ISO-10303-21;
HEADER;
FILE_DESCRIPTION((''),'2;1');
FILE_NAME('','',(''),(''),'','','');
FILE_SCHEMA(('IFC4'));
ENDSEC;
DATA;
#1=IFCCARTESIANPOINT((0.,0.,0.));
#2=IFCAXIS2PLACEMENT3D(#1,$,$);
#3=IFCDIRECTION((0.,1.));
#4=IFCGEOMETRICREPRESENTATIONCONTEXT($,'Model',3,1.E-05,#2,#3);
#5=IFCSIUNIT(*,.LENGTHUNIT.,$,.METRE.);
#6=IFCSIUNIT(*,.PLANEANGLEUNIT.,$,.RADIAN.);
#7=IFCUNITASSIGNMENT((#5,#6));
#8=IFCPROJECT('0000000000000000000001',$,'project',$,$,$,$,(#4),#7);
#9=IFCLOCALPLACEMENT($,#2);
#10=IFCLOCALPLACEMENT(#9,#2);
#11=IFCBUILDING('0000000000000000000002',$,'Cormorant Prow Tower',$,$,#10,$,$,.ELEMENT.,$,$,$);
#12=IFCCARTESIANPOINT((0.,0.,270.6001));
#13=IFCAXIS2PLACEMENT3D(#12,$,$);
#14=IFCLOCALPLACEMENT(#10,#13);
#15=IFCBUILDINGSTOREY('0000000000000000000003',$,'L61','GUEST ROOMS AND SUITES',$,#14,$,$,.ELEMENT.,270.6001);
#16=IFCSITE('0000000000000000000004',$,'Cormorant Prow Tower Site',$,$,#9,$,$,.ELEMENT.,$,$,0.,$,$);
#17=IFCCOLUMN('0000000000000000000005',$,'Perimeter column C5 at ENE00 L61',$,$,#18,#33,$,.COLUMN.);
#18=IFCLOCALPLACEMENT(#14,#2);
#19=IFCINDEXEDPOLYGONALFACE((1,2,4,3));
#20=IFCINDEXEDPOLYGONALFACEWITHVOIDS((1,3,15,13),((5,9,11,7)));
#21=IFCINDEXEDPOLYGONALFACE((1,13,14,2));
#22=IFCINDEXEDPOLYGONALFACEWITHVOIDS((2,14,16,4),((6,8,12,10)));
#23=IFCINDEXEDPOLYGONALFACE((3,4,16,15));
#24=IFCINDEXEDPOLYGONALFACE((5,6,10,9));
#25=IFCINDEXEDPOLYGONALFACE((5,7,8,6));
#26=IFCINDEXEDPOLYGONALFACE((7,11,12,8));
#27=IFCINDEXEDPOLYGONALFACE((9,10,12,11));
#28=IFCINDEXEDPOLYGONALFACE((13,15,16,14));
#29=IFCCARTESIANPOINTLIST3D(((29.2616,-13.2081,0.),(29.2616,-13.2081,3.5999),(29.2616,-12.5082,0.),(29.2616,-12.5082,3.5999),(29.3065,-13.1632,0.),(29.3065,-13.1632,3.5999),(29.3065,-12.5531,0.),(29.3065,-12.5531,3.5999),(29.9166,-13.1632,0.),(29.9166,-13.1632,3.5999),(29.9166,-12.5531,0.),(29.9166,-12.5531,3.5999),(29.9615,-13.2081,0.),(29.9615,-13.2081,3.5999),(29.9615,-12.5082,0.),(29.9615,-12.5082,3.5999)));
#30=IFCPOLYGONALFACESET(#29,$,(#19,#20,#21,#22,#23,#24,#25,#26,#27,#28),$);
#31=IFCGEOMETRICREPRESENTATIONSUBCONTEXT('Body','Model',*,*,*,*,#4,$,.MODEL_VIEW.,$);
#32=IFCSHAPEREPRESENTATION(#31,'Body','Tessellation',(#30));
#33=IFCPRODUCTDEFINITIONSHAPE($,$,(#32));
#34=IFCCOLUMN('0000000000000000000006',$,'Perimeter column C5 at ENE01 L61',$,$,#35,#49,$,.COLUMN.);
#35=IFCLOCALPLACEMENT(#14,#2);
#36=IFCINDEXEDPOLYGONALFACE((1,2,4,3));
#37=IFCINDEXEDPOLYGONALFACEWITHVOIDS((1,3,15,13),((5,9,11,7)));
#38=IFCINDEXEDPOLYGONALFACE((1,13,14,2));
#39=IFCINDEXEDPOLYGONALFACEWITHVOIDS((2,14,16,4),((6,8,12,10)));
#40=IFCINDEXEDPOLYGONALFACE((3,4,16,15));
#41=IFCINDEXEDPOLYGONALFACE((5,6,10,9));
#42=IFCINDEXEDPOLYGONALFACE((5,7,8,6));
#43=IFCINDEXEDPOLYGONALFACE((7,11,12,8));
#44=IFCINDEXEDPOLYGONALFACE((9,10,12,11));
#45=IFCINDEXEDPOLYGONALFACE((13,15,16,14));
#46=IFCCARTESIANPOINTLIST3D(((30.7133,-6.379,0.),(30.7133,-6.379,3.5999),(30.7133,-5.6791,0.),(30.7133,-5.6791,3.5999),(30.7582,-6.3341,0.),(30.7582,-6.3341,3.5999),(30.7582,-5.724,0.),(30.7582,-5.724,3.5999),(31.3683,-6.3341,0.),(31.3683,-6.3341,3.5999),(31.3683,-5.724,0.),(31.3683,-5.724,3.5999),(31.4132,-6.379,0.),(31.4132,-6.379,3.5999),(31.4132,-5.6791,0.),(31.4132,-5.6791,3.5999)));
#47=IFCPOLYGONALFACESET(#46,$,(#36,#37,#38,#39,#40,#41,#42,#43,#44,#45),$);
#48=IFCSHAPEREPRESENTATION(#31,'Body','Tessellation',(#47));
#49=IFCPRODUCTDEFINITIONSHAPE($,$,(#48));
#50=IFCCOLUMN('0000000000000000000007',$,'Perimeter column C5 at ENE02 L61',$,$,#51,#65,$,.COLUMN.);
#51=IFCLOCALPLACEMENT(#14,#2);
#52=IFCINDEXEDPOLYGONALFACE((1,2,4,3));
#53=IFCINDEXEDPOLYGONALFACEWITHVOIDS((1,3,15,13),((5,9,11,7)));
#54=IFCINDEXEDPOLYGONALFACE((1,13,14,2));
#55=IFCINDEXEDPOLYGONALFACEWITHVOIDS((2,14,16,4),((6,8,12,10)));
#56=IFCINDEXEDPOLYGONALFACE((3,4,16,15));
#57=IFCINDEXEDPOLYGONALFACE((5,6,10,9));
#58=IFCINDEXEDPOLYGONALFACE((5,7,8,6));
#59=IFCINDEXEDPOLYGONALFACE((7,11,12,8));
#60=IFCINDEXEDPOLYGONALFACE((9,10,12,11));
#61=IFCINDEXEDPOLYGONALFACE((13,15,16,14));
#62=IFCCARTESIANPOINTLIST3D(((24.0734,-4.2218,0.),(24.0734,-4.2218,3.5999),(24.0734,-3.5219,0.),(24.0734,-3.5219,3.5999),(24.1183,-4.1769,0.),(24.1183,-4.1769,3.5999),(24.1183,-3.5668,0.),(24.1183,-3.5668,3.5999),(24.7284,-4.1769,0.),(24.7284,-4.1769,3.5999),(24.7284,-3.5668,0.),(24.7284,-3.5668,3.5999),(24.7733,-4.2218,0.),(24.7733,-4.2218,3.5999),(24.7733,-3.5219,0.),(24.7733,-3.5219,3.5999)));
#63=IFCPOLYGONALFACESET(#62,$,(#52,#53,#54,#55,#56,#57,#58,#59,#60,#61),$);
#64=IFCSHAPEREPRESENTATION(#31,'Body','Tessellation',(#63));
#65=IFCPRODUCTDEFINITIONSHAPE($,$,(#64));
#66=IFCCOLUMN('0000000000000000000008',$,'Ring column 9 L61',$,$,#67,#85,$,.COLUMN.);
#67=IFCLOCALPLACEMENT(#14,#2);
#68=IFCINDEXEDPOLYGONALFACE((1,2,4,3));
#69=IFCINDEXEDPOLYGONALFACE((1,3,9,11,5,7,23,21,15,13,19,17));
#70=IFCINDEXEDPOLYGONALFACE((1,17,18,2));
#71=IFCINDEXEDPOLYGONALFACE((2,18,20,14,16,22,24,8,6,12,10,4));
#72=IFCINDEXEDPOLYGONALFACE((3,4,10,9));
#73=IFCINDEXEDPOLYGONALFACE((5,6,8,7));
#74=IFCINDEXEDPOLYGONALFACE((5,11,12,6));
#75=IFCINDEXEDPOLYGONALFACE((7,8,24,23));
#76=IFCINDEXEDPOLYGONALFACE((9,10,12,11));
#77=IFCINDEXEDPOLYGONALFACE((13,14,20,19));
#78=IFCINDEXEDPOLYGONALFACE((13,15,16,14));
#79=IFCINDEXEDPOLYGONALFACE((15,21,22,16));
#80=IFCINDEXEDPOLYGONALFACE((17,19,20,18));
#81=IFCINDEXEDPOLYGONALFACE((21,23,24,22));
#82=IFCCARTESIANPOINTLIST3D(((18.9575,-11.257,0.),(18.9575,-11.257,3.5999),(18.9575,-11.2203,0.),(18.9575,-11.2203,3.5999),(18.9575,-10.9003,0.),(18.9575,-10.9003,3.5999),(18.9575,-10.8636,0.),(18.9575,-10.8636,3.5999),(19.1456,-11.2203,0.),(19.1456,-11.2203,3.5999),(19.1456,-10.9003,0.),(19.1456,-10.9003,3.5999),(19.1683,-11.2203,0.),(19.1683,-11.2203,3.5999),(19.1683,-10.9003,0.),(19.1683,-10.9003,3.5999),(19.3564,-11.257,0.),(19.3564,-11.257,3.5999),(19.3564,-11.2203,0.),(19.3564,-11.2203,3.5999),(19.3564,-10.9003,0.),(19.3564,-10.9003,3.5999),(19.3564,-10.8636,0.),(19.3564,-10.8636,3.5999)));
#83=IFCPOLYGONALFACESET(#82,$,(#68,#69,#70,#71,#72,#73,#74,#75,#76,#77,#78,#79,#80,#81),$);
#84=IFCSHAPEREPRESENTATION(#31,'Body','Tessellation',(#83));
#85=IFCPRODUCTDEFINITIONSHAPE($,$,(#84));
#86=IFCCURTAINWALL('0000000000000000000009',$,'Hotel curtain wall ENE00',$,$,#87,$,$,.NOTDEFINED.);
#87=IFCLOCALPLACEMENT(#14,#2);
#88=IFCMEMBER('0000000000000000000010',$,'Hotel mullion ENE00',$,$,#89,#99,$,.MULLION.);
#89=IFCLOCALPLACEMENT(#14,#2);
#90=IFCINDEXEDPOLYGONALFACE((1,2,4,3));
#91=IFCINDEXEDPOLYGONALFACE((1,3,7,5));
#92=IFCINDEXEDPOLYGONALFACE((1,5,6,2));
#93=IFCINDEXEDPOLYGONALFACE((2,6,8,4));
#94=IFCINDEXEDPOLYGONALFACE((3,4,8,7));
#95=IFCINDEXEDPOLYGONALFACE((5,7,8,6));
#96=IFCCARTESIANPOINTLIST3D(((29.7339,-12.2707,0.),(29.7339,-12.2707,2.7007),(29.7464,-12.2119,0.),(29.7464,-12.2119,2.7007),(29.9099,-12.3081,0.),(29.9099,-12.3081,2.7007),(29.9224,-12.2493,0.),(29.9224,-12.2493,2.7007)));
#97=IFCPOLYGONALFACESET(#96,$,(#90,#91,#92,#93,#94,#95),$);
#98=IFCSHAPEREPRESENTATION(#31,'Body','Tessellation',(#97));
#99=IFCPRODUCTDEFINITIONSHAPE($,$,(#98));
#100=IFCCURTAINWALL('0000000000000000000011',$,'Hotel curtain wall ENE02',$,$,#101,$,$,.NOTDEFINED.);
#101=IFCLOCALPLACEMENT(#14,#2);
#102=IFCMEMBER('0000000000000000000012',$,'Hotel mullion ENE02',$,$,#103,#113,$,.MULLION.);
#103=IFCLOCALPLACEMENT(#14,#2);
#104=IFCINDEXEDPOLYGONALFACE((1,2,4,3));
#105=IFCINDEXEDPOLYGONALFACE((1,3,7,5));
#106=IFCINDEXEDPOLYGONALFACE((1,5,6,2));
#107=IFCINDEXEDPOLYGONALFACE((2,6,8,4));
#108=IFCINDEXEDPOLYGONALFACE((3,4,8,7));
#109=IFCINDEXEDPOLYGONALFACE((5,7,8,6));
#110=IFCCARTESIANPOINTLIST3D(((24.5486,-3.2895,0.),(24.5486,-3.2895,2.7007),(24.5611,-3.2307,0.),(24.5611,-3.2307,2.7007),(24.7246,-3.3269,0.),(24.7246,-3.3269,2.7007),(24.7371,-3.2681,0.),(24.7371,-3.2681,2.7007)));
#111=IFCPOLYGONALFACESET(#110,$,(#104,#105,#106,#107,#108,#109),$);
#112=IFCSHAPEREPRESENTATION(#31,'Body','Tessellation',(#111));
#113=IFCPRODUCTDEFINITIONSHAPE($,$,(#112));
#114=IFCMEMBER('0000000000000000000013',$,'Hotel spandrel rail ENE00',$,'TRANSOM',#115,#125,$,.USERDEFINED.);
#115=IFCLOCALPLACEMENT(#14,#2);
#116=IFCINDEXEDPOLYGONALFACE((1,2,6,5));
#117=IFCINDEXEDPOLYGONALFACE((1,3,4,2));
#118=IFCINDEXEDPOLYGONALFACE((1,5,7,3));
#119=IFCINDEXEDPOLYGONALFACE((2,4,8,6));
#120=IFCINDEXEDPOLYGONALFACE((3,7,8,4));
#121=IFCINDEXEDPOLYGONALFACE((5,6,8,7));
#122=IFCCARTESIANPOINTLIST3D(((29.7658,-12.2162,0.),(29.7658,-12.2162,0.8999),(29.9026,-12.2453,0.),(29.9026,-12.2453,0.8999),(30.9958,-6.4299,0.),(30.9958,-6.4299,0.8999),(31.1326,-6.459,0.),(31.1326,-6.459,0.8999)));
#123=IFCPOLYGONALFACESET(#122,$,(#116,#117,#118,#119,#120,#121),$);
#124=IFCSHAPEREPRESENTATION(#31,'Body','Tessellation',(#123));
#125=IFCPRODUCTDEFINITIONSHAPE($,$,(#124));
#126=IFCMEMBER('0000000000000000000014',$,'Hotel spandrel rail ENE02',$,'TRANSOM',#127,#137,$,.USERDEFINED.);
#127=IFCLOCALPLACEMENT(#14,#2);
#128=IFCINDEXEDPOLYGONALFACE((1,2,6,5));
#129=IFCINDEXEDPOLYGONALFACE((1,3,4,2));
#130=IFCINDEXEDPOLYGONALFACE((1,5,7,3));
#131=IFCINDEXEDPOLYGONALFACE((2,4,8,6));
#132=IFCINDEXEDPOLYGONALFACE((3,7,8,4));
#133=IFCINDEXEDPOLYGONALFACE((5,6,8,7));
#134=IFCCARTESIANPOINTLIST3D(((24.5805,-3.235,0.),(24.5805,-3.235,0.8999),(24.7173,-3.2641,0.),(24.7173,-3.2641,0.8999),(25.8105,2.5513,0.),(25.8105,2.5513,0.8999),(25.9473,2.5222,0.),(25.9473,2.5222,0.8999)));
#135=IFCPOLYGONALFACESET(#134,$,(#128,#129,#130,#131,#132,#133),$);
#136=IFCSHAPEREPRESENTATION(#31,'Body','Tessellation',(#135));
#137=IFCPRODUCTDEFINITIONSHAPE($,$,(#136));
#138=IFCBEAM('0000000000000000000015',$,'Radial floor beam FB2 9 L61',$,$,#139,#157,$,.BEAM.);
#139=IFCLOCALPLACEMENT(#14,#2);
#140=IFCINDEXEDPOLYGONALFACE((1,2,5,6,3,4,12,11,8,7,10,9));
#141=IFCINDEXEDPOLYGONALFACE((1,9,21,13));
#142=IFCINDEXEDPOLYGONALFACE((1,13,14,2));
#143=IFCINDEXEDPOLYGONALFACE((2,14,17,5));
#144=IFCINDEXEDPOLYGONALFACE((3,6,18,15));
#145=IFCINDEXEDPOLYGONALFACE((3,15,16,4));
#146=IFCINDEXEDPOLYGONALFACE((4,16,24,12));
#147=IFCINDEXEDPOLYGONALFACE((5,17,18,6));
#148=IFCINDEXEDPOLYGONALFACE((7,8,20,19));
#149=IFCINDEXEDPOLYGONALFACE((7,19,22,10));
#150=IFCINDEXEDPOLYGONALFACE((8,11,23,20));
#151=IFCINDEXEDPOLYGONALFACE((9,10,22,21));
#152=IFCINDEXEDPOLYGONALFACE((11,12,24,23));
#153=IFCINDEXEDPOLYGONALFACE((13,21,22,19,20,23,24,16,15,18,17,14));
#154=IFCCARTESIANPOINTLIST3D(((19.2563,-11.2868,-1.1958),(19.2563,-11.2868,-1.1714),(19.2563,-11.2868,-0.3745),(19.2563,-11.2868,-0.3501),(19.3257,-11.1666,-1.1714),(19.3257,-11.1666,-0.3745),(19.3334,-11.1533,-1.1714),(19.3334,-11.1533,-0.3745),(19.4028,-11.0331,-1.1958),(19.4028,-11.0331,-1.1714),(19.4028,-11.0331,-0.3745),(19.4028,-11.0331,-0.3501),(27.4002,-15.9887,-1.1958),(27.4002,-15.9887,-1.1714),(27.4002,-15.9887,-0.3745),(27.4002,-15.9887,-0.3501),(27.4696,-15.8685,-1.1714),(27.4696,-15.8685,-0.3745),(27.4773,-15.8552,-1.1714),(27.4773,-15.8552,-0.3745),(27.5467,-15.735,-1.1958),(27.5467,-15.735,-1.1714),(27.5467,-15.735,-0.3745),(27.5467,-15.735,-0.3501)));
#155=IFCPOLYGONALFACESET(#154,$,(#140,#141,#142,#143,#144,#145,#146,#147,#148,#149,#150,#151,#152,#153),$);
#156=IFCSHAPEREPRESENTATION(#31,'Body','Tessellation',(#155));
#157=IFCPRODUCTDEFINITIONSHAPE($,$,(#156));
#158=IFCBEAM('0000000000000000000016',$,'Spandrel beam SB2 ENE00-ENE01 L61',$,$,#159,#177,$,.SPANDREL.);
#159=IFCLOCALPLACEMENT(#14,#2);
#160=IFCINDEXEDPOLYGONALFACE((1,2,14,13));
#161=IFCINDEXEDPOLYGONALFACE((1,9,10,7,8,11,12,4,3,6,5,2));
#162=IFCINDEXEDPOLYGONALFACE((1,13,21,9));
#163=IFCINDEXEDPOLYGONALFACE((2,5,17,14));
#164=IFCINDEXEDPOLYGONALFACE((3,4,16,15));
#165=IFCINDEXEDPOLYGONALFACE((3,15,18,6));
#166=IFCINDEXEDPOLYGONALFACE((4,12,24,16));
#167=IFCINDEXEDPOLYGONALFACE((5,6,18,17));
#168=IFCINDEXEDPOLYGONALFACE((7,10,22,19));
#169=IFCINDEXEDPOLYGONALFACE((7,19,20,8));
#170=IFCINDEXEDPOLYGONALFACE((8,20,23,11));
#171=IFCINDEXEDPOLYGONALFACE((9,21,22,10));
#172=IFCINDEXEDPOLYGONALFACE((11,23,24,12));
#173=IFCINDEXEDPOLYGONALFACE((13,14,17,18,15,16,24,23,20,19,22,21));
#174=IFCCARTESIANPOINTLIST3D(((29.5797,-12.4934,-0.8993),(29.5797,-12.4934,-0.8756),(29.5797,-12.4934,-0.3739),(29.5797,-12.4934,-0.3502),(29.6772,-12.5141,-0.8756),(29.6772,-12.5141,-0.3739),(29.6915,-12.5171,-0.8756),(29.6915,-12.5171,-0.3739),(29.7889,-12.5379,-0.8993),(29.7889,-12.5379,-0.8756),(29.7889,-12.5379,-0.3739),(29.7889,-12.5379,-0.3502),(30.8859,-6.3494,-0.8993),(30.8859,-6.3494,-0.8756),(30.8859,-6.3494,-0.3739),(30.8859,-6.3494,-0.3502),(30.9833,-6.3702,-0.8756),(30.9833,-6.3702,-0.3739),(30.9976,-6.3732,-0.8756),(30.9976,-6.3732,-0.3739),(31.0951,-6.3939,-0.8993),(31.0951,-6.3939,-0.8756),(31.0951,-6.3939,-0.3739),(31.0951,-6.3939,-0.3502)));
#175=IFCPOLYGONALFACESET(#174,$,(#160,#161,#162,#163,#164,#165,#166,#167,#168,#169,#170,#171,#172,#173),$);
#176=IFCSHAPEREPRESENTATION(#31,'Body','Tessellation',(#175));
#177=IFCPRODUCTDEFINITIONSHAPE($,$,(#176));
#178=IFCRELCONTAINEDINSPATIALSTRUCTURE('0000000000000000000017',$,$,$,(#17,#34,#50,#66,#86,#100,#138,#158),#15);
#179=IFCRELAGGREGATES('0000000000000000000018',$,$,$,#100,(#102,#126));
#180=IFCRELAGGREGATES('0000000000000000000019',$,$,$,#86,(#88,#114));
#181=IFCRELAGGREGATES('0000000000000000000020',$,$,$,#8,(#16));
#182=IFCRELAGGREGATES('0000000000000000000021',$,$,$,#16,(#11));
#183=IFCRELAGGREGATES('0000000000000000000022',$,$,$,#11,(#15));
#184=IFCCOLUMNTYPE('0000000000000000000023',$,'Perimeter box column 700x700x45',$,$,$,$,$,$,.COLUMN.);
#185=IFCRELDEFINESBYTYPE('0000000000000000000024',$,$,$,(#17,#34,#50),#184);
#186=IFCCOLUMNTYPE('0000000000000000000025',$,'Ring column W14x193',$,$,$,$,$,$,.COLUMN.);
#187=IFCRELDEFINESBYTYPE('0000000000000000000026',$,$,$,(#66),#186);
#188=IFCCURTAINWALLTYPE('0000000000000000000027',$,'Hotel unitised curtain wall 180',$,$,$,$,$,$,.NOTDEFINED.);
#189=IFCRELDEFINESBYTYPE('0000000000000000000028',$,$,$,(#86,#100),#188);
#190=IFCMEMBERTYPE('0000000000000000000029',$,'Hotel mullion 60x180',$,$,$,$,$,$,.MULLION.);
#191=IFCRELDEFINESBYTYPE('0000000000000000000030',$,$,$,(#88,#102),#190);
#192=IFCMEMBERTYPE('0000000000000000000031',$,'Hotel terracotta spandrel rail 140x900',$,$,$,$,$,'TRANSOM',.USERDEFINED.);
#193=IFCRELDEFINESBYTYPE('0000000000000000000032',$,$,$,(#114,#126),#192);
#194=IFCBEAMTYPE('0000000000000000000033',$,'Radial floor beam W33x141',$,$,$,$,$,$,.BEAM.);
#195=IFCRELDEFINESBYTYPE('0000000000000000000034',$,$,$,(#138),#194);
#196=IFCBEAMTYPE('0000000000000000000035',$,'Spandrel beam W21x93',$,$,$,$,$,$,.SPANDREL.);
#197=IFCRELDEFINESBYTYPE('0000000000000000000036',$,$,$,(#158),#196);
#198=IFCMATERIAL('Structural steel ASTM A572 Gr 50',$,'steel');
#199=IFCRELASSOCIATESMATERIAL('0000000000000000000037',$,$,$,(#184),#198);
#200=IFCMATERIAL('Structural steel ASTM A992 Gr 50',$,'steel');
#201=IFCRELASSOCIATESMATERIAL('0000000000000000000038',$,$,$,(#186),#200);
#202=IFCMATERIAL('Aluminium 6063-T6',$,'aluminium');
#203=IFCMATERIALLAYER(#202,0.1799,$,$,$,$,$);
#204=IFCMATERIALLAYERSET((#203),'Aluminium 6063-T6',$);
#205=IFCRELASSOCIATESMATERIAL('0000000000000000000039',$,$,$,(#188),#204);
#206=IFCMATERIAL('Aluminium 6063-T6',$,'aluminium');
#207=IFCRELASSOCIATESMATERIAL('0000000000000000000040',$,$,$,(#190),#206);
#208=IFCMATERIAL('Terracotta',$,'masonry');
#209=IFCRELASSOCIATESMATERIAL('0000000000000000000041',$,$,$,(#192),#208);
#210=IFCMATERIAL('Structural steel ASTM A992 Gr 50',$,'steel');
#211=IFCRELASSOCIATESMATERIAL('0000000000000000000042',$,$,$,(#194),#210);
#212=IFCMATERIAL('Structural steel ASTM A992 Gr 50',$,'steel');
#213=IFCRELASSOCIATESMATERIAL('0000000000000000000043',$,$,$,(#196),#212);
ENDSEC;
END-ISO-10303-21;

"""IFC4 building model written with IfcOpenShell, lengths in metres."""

from ifc_helpers import new_model, si_unit, direction, frame, origin, origin_2d, place, context, subcontext, project, spatial, rectangle, hollow_rectangle, i_section, extrude, material, layer, layer_set, material_profile, profile_set, type_object, element, aggregate, save


model = new_model("IFC4")

# Units and contexts
model_context = context("Model", 3, precision=1e-05, world=origin(), true_north=direction((0.0, 1.0)))
body_context = subcontext(model_context, "Body", "Model", "MODEL_VIEW")
ifc_project = project(units=[si_unit("LENGTHUNIT", "METRE"), si_unit("PLANEANGLEUNIT", "RADIAN")], contexts=[model_context])

# Site, building, storey
site_placement = place(None, origin())
site = spatial("IfcSite", under=ifc_project, at=site_placement, Name="Cormorant Prow Tower Site", CompositionType="ELEMENT", RefElevation=0.0)
building_placement = place(site_placement, origin())
building = spatial("IfcBuilding", under=site, at=building_placement, Name="Cormorant Prow Tower", CompositionType="ELEMENT")
storey_placement = place(building_placement, frame((0.0, 0.0, 270.6001)))
storey = spatial("IfcBuildingStorey", under=building, at=storey_placement, Name="L61", Description="GUEST ROOMS AND SUITES", CompositionType="ELEMENT", Elevation=270.6001)

# Columns
ifc_material_1 = material(Name="Structural steel ASTM A572 Gr 50", Category="steel")
ifc_material_profile_1 = material_profile(ifc_material_1, hollow_rectangle(XDim=0.7, YDim=0.7, WallThickness=0.0449, at=origin_2d()), Name="Box 700x700x45")
ifc_profile_set_1 = profile_set([ifc_material_profile_1], Name="Structural steel ASTM A572 Gr 50")
column_type_1 = type_object("IfcColumnType", Name="Perimeter box column 700x700x45", PredefinedType="COLUMN", material=ifc_profile_set_1)
for number, where, z_axis, x_axis, name in (
    (1, (29.6116, -12.8582, 0.0), (0.0, 0.0, 1.0), (1.0, 0.0, 0.0), "Perimeter column C5 at ENE00 L61"),
    (2, (31.0632, -6.0291, 0.0), (0.0, 0.0, 1.0), (1.0, 0.0, 0.0), "Perimeter column C5 at ENE01 L61"),
    (3, (24.4233, -3.8718, 0.0), (0.0, 0.0, 1.0), (1.0, 0.0, 0.0), "Perimeter column C5 at ENE02 L61"),
):
    element("IfcColumn", number, at=place(storey_placement, frame(where, z_axis=z_axis, x_axis=x_axis)), inside=storey, type_object=column_type_1, Name=name, PredefinedType="COLUMN", context=body_context, shape_type="SweptSolid", body=[
        extrude(hollow_rectangle(XDim=0.7, YDim=0.7, WallThickness=0.0449, at=origin_2d()), origin(), (0.0, 0.0, 1.0), 3.5999),
    ])
ifc_material_2 = material(Name="Structural steel ASTM A992 Gr 50", Category="steel")
ifc_material_profile_2 = material_profile(ifc_material_2, i_section(OverallWidth=0.3989, OverallDepth=0.3933, WebThickness=0.0227, FlangeThickness=0.0366, at=origin_2d()), Name="W14x193")
ifc_profile_set_2 = profile_set([ifc_material_profile_2], Name="Structural steel ASTM A992 Gr 50")
column_type_2 = type_object("IfcColumnType", Name="Ring column W14x193", PredefinedType="COLUMN", material=ifc_profile_set_2)
column_placement = place(storey_placement, frame((19.157, -11.0603, 0.0), z_axis=(0.0, 0.0, 1.0), x_axis=(1.0, 0.0, 0.0)))
element("IfcColumn", 4, at=column_placement, inside=storey, type_object=column_type_2, Name="Ring column 9 L61", PredefinedType="COLUMN", context=body_context, shape_type="SweptSolid", body=[
    extrude(i_section(OverallWidth=0.3989, OverallDepth=0.3933, WebThickness=0.0227, FlangeThickness=0.0366, at=origin_2d()), origin(), (0.0, 0.0, 1.0), 3.5999),
])

# Curtain walls, members
ifc_material_3 = material(Name="Aluminium 6063-T6", Category="aluminium")
ifc_layer_1 = layer(ifc_material_3, 0.1799)
ifc_layer_set_1 = layer_set([ifc_layer_1], Name="Aluminium 6063-T6")
curtain_wall_type = type_object("IfcCurtainWallType", Name="Hotel unitised curtain wall 180", PredefinedType="NOTDEFINED", material=ifc_layer_set_1)
curtain_wall_1_placement = place(storey_placement, origin())
curtain_wall_1 = element("IfcCurtainWall", 5, at=curtain_wall_1_placement, inside=storey, type_object=curtain_wall_type, Name="Hotel curtain wall ENE00", PredefinedType="NOTDEFINED")
ifc_material_4 = material(Name="Aluminium 6063-T6", Category="aluminium")
ifc_material_profile_3 = material_profile(ifc_material_4, rectangle(XDim=0.1799, YDim=0.0601, at=origin_2d()), Name="Hotel mullion 60x180")
ifc_profile_set_3 = profile_set([ifc_material_profile_3], Name="Aluminium 6063-T6")
member_type_1 = type_object("IfcMemberType", Name="Hotel mullion 60x180", PredefinedType="MULLION", material=ifc_profile_set_3)
member_1_placement = place(storey_placement, frame((29.8281, -12.26, 0.0), z_axis=(0.0, 0.0, 1.0), x_axis=(-0.978148, 0.207912, 0.0)))
member_1 = element("IfcMember", 6, at=member_1_placement, type_object=member_type_1, Name="Hotel mullion ENE00", PredefinedType="MULLION", context=body_context, shape_type="SweptSolid", body=[
    extrude(rectangle(XDim=0.1799, YDim=0.0601, at=origin_2d()), origin(), (0.0, 0.0, 1.0), 2.7007),
])
curtain_wall_2_placement = place(storey_placement, origin())
curtain_wall_2 = element("IfcCurtainWall", 7, at=curtain_wall_2_placement, inside=storey, type_object=curtain_wall_type, Name="Hotel curtain wall ENE02", PredefinedType="NOTDEFINED")
member_2_placement = place(storey_placement, frame((24.6428, -3.2788, 0.0), z_axis=(0.0, 0.0, 1.0), x_axis=(-0.978148, 0.207912, 0.0)))
member_2 = element("IfcMember", 8, at=member_2_placement, type_object=member_type_1, Name="Hotel mullion ENE02", PredefinedType="MULLION", context=body_context, shape_type="SweptSolid", body=[
    extrude(rectangle(XDim=0.1799, YDim=0.0601, at=origin_2d()), origin(), (0.0, 0.0, 1.0), 2.7007),
])

# Members
ifc_material_5 = material(Name="Terracotta", Category="masonry")
ifc_material_profile_4 = material_profile(ifc_material_5, rectangle(XDim=0.1399, YDim=0.8999, at=origin_2d()), Name="Hotel terracotta spandrel rail 140x900")
ifc_profile_set_4 = profile_set([ifc_material_profile_4], Name="Terracotta")
member_type_2 = type_object("IfcMemberType", Name="Hotel terracotta spandrel rail 140x900", ElementType="TRANSOM", PredefinedType="USERDEFINED", material=ifc_profile_set_4)
member_3_placement = place(storey_placement, frame((29.8342, -12.2307, 0.45), z_axis=(0.207928, 0.978144, 0.0), x_axis=(-0.978144, 0.207928, 0.0)))
member_3 = element("IfcMember", 9, at=member_3_placement, type_object=member_type_2, Name="Hotel spandrel rail ENE00", ObjectType="TRANSOM", PredefinedType="USERDEFINED", context=body_context, shape_type="SweptSolid", body=[
    extrude(rectangle(XDim=0.1399, YDim=0.8999, at=origin_2d()), origin(), (0.0, 0.0, 1.0), 5.9155),
])
member_4_placement = place(storey_placement, frame((24.6489, -3.2495, 0.45), z_axis=(0.207928, 0.978144, 0.0), x_axis=(-0.978144, 0.207928, 0.0)))
member_4 = element("IfcMember", 10, at=member_4_placement, type_object=member_type_2, Name="Hotel spandrel rail ENE02", ObjectType="TRANSOM", PredefinedType="USERDEFINED", context=body_context, shape_type="SweptSolid", body=[
    extrude(rectangle(XDim=0.1399, YDim=0.8999, at=origin_2d()), origin(), (0.0, 0.0, 1.0), 5.9155),
])
aggregate(curtain_wall_2, [member_2, member_4])

# Beams
ifc_material_6 = material(Name="Structural steel ASTM A992 Gr 50", Category="steel")
ifc_material_profile_5 = material_profile(ifc_material_6, i_section(OverallWidth=0.293, OverallDepth=0.8457, WebThickness=0.0154, FlangeThickness=0.0244, at=origin_2d()), Name="W33x141")
ifc_profile_set_5 = profile_set([ifc_material_profile_5], Name="Structural steel ASTM A992 Gr 50")
beam_type_1 = type_object("IfcBeamType", Name="Radial floor beam W33x141", PredefinedType="BEAM", material=ifc_profile_set_5)
beam_placement = place(storey_placement, frame((19.3296, -11.1599, -0.7729), z_axis=(0.866022, -0.500006, 0.0), x_axis=(0.500006, 0.866022, 0.0)))
element("IfcBeam", 11, at=beam_placement, inside=storey, type_object=beam_type_1, Name="Radial floor beam FB2 9 L61", PredefinedType="BEAM", context=body_context, shape_type="SweptSolid", body=[
    extrude(i_section(OverallWidth=0.293, OverallDepth=0.8457, WebThickness=0.0154, FlangeThickness=0.0244, at=origin_2d()), origin(), (0.0, 0.0, 1.0), 9.4038),
])
ifc_material_7 = material(Name="Structural steel ASTM A992 Gr 50", Category="steel")
ifc_material_profile_6 = material_profile(ifc_material_7, i_section(OverallWidth=0.2139, OverallDepth=0.5491, WebThickness=0.0146, FlangeThickness=0.0237, at=origin_2d()), Name="W21x93")
ifc_profile_set_6 = profile_set([ifc_material_profile_6], Name="Structural steel ASTM A992 Gr 50")
beam_type_2 = type_object("IfcBeamType", Name="Spandrel beam W21x93", PredefinedType="SPANDREL", material=ifc_profile_set_6)
for number, where, z_axis, x_axis, name in (
    (12, (29.6843, -12.5156, -0.6248), (0.207941, 0.978141, 0.0), (-0.978141, 0.207941, 0.0), "Spandrel beam SB2 ENE00-ENE01 L61"),
):
    element("IfcBeam", number, at=place(storey_placement, frame(where, z_axis=z_axis, x_axis=x_axis)), inside=storey, type_object=beam_type_2, Name=name, PredefinedType="SPANDREL", context=body_context, shape_type="SweptSolid", body=[
        extrude(i_section(OverallWidth=0.2139, OverallDepth=0.5491, WebThickness=0.0146, FlangeThickness=0.0237, at=origin_2d()), origin(), (0.0, 0.0, 1.0), 6.2812),
    ])

aggregate(curtain_wall_1, [member_1, member_3])

save(model, "model.ifc")
